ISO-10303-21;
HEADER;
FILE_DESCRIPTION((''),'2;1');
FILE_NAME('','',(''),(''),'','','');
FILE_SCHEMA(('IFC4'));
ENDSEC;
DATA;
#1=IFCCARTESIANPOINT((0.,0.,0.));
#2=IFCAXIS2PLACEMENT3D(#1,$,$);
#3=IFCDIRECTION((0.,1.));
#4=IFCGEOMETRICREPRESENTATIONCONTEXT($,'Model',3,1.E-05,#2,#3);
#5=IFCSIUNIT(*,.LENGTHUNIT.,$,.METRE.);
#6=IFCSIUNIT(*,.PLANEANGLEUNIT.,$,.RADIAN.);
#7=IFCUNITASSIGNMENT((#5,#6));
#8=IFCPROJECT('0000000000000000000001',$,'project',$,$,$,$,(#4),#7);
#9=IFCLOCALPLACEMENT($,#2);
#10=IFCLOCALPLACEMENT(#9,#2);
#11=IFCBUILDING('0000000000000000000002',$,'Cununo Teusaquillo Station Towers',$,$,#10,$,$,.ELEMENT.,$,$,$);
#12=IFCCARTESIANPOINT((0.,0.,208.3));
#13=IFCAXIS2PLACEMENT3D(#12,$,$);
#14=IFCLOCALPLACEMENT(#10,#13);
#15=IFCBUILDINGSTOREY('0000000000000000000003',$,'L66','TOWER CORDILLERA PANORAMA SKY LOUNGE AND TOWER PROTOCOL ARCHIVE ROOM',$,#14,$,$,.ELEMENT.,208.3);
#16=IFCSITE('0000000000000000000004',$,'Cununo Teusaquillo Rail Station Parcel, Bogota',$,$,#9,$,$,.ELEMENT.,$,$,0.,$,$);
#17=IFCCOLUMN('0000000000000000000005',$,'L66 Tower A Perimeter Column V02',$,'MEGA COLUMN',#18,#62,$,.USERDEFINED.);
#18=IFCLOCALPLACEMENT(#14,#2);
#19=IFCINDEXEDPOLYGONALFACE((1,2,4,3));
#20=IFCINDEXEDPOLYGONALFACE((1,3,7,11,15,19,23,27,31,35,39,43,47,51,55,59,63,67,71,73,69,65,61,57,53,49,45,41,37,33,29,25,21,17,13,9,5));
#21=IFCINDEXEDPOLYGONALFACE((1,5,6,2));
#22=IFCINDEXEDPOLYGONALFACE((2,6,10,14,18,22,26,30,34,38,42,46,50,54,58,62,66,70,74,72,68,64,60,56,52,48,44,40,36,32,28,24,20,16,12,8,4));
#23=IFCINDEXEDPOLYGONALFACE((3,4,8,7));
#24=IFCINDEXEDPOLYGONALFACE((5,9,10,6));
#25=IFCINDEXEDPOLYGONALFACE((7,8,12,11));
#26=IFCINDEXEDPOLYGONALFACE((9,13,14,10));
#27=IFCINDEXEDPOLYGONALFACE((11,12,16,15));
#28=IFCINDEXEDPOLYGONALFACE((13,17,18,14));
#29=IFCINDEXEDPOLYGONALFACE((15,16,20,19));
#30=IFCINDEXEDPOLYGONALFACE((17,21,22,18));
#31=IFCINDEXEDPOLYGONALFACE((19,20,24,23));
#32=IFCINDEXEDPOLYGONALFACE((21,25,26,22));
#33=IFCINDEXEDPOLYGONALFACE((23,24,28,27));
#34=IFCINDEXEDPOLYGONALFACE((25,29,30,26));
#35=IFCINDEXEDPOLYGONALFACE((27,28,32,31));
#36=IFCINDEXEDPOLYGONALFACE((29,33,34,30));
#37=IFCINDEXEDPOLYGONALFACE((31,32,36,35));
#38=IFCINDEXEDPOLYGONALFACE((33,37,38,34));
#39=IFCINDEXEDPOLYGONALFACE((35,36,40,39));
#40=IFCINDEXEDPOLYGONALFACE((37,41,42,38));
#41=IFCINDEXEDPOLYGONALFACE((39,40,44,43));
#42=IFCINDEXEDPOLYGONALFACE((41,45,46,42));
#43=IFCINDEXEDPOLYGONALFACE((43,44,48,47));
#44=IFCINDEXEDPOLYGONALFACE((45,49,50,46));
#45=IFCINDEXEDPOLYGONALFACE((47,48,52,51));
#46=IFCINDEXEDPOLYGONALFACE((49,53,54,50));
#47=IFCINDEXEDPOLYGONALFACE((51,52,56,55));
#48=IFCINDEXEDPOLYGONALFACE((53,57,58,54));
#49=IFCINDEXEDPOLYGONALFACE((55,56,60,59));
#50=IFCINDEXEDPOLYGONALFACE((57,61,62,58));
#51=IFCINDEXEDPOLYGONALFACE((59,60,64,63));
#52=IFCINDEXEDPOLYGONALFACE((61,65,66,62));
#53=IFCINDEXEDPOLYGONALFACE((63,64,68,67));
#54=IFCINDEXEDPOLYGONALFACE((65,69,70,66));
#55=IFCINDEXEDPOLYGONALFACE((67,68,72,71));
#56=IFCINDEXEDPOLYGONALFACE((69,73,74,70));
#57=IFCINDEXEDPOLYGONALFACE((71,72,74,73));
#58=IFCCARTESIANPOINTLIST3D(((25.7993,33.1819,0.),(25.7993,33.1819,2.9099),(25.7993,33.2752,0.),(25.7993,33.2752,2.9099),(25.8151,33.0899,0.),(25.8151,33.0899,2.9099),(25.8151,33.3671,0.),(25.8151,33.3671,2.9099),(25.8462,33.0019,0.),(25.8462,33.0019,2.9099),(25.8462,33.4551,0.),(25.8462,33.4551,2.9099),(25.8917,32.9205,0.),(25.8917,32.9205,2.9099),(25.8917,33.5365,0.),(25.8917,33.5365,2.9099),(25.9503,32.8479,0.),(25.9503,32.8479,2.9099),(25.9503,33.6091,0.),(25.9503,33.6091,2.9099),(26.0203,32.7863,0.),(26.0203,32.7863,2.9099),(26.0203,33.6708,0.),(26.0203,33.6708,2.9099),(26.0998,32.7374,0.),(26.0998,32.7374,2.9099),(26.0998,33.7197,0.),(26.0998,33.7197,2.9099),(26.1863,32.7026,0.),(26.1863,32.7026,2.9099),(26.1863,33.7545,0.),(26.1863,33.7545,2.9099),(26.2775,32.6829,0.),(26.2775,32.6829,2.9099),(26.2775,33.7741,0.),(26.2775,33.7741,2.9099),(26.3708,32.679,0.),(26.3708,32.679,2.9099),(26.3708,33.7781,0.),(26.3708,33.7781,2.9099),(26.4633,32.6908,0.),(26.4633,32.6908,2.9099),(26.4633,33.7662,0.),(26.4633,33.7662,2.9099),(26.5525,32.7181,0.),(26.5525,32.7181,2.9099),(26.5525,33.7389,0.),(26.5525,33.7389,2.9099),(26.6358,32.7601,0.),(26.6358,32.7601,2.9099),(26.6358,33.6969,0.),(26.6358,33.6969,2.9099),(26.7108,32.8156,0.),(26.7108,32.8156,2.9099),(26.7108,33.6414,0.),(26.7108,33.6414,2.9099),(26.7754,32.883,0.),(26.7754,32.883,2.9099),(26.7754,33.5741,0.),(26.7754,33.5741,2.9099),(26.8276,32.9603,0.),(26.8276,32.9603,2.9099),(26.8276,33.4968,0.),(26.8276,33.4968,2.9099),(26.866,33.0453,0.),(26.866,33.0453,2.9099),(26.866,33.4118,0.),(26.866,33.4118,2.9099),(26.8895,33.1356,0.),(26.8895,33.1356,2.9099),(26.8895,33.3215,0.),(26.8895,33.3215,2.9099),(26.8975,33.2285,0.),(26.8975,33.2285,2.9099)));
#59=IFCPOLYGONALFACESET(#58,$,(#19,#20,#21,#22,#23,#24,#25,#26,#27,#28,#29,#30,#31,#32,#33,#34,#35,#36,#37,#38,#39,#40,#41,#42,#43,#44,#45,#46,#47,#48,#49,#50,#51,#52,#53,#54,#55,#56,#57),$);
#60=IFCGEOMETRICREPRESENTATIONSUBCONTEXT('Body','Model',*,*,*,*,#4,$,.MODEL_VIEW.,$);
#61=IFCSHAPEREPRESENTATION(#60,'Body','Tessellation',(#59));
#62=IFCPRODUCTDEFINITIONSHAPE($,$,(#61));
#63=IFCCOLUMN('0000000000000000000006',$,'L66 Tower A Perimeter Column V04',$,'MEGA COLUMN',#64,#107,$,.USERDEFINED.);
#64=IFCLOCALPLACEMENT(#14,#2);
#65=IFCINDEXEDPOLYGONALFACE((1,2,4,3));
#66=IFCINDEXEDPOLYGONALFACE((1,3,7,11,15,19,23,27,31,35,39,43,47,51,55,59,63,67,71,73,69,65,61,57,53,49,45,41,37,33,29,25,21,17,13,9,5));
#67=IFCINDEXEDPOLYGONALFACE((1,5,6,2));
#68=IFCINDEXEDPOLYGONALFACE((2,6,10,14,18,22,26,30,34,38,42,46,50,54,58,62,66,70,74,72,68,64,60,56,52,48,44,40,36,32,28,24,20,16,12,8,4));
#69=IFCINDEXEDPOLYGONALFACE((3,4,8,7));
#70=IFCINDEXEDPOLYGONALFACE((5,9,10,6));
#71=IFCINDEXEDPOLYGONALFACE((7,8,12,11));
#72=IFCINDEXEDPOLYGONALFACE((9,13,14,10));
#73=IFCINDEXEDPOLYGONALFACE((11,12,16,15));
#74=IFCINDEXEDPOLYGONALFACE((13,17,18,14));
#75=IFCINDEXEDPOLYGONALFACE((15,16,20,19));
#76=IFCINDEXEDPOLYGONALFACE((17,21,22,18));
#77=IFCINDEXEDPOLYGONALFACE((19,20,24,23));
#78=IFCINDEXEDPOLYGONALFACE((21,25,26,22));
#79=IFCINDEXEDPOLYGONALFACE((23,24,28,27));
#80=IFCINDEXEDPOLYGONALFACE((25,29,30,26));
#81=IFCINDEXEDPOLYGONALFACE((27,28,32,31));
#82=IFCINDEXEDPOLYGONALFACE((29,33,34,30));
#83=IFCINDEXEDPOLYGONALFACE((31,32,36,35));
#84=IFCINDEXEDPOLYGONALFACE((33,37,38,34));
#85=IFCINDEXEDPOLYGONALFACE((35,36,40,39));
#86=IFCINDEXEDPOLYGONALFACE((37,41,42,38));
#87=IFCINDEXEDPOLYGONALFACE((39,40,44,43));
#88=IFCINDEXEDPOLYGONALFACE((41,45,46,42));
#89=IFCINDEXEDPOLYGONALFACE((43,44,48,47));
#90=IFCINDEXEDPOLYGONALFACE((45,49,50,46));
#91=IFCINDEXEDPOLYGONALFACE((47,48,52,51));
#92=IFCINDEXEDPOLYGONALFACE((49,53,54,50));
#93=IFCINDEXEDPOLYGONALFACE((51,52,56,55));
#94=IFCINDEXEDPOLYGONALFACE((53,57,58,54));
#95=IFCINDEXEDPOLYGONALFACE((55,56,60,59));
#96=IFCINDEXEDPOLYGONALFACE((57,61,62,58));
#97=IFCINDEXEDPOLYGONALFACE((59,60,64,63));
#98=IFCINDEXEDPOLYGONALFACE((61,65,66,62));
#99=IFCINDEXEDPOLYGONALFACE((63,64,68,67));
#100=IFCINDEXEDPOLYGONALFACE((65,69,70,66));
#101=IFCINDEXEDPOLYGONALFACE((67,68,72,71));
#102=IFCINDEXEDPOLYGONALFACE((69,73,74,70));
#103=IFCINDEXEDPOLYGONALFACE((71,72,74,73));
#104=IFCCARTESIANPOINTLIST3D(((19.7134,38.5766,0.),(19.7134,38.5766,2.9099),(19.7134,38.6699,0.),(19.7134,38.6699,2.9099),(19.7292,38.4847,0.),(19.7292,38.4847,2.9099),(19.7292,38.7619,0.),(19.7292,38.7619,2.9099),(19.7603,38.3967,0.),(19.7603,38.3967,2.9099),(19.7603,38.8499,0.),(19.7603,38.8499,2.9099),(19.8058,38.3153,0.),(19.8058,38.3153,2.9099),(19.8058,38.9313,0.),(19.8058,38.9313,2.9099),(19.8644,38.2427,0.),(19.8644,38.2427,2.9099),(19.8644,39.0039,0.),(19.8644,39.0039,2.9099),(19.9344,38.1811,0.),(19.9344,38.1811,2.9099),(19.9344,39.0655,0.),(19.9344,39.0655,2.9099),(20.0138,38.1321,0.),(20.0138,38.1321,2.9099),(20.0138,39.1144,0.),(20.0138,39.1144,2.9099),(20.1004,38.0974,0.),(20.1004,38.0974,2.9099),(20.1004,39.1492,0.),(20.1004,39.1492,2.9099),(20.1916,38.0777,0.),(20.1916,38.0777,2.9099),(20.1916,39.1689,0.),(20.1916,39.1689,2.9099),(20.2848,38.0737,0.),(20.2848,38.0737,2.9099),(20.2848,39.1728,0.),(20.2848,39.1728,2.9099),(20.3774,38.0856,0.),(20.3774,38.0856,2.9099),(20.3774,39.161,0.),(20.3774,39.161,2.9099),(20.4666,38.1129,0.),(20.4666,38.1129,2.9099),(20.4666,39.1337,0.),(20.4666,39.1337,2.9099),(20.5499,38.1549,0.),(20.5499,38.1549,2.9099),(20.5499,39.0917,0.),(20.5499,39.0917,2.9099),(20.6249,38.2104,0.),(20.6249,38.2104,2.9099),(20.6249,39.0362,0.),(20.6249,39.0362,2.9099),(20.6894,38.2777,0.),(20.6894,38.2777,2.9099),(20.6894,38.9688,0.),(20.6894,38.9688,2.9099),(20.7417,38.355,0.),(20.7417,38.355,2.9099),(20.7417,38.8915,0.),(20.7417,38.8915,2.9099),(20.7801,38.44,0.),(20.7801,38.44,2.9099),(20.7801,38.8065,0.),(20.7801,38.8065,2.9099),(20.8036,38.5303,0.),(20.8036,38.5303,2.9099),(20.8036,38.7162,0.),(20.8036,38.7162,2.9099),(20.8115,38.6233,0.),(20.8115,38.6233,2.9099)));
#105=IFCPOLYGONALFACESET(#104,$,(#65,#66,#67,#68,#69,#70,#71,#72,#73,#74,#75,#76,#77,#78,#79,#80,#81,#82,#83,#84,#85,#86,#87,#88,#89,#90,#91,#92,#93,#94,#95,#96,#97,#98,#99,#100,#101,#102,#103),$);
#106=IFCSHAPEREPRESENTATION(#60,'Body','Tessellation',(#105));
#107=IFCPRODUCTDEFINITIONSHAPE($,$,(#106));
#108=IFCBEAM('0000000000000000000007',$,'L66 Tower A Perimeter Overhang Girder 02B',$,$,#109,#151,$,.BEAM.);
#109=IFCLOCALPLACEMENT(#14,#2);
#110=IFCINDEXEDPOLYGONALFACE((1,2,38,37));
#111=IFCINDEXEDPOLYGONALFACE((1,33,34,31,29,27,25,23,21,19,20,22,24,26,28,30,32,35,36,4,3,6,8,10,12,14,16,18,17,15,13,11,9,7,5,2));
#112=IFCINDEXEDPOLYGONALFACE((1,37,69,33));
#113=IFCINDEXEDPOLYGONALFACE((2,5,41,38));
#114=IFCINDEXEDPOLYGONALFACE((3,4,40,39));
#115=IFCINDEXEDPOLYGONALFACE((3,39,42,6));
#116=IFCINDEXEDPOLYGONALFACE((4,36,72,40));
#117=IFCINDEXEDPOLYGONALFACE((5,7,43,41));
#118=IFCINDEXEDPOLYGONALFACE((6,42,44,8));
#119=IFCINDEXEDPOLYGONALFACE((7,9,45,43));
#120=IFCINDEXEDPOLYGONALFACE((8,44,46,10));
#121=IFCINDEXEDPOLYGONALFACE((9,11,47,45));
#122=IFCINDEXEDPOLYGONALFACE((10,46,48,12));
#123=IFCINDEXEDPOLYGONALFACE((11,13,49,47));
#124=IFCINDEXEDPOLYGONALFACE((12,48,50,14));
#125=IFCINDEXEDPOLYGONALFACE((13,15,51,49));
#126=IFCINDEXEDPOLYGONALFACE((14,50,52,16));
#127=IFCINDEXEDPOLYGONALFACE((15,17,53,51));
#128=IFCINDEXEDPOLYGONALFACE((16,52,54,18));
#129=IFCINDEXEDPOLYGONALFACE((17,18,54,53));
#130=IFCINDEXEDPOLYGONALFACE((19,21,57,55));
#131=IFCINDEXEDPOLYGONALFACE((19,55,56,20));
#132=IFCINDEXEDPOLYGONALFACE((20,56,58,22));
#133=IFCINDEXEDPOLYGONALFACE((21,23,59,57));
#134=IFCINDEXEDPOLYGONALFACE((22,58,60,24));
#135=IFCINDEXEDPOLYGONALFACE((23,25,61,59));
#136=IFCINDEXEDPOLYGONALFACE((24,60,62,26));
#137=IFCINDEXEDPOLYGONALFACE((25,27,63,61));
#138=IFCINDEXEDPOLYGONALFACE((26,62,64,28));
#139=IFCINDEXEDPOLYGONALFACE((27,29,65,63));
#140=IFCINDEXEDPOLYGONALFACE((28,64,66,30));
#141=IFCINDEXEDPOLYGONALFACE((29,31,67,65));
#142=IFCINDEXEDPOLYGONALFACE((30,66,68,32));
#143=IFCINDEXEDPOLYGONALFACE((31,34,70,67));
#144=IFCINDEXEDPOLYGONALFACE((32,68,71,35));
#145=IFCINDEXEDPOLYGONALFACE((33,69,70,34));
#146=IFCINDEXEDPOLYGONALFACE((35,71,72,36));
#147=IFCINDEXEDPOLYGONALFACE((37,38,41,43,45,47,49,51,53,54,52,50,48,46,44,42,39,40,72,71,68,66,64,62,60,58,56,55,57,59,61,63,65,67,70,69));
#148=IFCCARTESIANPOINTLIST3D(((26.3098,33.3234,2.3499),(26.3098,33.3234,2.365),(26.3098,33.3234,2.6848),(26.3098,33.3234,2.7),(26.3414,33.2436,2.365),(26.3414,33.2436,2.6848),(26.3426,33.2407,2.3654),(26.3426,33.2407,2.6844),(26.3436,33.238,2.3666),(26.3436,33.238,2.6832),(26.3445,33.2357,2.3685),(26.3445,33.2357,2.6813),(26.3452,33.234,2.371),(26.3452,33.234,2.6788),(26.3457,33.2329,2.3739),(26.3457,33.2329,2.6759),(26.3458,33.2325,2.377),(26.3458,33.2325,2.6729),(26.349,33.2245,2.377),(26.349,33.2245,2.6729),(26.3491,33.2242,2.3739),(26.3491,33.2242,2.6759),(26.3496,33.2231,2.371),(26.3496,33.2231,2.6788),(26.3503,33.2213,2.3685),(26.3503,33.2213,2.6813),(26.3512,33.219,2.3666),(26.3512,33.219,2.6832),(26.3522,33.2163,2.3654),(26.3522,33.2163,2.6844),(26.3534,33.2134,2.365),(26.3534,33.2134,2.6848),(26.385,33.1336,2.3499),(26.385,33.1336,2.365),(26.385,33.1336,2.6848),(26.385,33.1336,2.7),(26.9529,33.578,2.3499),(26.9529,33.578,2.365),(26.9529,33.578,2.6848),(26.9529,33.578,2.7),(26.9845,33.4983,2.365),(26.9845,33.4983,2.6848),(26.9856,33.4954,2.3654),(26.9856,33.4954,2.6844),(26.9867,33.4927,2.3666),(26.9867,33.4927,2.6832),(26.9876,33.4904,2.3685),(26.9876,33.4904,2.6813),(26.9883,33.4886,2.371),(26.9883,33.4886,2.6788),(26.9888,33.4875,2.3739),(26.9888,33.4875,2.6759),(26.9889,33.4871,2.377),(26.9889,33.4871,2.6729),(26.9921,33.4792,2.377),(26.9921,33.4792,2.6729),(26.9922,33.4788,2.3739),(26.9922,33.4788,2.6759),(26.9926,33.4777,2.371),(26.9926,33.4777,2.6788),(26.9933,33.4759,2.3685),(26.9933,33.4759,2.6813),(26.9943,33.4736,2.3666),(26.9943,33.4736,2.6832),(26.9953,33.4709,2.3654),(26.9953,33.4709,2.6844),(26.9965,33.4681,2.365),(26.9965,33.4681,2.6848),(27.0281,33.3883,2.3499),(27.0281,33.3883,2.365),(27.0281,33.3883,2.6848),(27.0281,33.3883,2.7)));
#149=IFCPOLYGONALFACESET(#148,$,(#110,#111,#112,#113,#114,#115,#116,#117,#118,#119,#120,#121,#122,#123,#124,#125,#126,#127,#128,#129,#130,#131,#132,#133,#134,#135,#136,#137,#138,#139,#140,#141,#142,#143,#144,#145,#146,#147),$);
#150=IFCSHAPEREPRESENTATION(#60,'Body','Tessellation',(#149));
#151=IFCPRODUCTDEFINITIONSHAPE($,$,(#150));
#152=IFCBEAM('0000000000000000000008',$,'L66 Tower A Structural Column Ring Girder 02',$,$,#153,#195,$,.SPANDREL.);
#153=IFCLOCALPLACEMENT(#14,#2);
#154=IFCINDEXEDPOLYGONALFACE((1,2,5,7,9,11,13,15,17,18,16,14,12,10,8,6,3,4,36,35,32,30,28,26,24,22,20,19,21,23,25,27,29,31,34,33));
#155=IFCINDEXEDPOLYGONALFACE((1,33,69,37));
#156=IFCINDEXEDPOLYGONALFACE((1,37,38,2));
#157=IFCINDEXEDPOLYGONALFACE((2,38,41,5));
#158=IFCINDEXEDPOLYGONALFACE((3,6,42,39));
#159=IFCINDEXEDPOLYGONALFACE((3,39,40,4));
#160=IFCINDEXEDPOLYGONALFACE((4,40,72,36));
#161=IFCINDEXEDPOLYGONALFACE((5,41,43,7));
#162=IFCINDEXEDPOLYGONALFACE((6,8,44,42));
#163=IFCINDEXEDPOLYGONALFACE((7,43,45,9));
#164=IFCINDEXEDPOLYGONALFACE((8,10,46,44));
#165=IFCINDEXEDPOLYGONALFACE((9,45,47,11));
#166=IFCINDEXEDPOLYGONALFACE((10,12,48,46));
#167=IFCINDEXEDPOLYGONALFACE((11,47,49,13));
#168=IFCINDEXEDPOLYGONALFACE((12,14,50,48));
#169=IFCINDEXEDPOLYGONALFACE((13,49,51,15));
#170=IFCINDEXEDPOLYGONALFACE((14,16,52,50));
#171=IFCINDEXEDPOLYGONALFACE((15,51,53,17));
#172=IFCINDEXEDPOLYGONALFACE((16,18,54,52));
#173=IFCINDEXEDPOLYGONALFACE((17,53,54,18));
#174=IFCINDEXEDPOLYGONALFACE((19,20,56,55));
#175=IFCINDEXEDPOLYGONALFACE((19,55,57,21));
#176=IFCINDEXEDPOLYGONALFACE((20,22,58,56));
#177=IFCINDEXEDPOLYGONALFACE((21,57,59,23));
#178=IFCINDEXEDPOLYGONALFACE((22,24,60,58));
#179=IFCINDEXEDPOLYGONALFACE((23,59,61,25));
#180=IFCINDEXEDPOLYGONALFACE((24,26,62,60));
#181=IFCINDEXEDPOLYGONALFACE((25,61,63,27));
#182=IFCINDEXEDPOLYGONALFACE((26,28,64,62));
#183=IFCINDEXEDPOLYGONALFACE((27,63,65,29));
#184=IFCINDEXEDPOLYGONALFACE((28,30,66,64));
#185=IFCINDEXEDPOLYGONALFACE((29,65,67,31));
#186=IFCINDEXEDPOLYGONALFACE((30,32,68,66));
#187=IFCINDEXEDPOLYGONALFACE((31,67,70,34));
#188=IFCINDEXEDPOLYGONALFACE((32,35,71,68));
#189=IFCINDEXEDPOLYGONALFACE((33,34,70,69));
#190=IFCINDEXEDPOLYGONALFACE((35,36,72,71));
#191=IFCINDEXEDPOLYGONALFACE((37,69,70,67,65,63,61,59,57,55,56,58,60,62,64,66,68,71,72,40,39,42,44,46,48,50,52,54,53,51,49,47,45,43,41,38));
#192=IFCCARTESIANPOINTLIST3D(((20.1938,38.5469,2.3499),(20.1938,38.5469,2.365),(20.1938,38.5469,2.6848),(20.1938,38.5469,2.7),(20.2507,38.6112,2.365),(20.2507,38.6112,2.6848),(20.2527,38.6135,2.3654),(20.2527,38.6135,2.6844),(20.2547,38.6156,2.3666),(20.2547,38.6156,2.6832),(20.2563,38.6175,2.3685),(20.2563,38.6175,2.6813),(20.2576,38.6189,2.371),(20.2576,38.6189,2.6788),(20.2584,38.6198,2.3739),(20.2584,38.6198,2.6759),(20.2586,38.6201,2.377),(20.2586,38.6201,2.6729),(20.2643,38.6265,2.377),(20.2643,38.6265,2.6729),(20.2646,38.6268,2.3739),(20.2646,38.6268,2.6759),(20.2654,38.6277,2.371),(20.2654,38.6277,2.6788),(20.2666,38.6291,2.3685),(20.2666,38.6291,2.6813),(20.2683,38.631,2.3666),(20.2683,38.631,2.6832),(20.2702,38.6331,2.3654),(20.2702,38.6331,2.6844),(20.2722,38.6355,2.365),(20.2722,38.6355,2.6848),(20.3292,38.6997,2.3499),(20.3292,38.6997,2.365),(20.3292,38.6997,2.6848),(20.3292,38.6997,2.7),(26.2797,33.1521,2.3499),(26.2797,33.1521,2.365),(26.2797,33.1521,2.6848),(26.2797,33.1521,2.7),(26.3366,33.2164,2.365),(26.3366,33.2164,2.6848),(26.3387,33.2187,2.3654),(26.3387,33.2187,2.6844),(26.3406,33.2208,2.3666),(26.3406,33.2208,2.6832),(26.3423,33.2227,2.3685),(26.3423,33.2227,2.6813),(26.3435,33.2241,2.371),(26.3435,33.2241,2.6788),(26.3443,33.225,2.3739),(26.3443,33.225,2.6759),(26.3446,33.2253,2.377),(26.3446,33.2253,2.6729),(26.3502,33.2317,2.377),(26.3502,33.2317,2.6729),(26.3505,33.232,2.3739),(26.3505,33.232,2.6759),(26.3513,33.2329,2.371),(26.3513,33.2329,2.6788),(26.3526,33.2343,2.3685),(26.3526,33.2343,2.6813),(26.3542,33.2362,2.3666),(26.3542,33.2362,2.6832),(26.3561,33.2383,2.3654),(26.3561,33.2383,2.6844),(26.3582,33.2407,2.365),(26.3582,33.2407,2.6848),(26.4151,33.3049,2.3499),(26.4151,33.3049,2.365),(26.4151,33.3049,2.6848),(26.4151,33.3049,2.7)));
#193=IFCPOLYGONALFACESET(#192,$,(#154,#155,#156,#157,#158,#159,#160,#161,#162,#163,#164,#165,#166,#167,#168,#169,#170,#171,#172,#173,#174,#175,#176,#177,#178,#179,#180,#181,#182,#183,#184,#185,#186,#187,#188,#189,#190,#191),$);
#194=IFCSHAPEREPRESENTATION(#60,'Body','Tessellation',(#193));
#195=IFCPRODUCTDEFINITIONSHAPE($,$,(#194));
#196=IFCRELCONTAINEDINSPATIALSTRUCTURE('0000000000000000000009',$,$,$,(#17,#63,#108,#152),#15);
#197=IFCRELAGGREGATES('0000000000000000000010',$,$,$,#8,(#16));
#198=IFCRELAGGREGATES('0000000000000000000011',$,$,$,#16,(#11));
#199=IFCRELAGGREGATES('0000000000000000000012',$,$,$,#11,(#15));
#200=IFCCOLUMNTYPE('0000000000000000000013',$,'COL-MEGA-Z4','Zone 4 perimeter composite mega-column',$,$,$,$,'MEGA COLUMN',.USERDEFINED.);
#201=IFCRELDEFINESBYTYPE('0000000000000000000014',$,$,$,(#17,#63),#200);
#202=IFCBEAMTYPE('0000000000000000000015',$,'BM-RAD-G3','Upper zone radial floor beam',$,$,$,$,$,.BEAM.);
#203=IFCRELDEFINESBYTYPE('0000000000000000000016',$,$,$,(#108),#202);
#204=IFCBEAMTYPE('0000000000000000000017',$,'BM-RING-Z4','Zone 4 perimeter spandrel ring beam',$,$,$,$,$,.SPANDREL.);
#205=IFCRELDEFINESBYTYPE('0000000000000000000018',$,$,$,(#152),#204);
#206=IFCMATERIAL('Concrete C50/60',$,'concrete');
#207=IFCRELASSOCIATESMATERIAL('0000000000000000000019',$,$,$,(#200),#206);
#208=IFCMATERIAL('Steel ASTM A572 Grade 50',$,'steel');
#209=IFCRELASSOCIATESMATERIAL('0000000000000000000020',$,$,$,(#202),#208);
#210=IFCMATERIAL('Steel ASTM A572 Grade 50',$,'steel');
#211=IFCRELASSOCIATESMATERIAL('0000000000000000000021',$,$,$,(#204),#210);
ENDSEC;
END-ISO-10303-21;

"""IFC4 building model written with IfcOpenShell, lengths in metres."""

from ifc_helpers import new_model, si_unit, direction, frame, origin, origin_2d, place, context, subcontext, project, spatial, circle, i_section, extrude, material, material_profile, profile_set, type_object, element, save


model = new_model("IFC4")

# Units and contexts
model_context = context("Model", 3, precision=1e-05, world=origin(), true_north=direction((0.0, 1.0)))
body_context = subcontext(model_context, "Body", "Model", "MODEL_VIEW")
ifc_project = project(units=[si_unit("LENGTHUNIT", "METRE"), si_unit("PLANEANGLEUNIT", "RADIAN")], contexts=[model_context])

# Site, building, storey
site_placement = place(None, origin())
site = spatial("IfcSite", under=ifc_project, at=site_placement, Name="Cununo Teusaquillo Rail Station Parcel, Bogota", CompositionType="ELEMENT", RefElevation=0.0)
building_placement = place(site_placement, origin())
building = spatial("IfcBuilding", under=site, at=building_placement, Name="Cununo Teusaquillo Station Towers", CompositionType="ELEMENT")
storey_placement = place(building_placement, frame((0.0, 0.0, 208.3)))
storey = spatial("IfcBuildingStorey", under=building, at=storey_placement, Name="L66", Description="TOWER CORDILLERA PANORAMA SKY LOUNGE AND TOWER PROTOCOL ARCHIVE ROOM", CompositionType="ELEMENT", Elevation=208.3)

# Columns
ifc_material_1 = material(Name="Concrete C50/60", Category="concrete")
ifc_material_profile_1 = material_profile(ifc_material_1, circle(Radius=0.55, at=origin_2d()), Name="RC-CIRC-1100")
ifc_profile_set_1 = profile_set([ifc_material_profile_1], Name="Concrete C50/60")
column_type = type_object("IfcColumnType", Name="COL-MEGA-Z4", Description="Zone 4 perimeter composite mega-column", ElementType="MEGA COLUMN", PredefinedType="USERDEFINED", material=ifc_profile_set_1)
for number, where, z_axis, x_axis, name in (
    (1, (26.3474, 33.2285, 0.0), (0.0, 0.0, 1.0), (1.0, 0.0, 0.0), "L66 Tower A Perimeter Column V02"),
    (2, (20.2615, 38.6233, 0.0), (0.0, 0.0, 1.0), (1.0, 0.0, 0.0), "L66 Tower A Perimeter Column V04"),
):
    element("IfcColumn", number, at=place(storey_placement, frame(where, z_axis=z_axis, x_axis=x_axis)), inside=storey, type_object=column_type, Name=name, ObjectType="MEGA COLUMN", PredefinedType="USERDEFINED", context=body_context, shape_type="SweptSolid", body=[
        extrude(circle(Radius=0.55, at=origin_2d()), origin(), (0.0, 0.0, 1.0), 2.9099),
    ])

# Beams
ifc_material_2 = material(Name="Steel ASTM A572 Grade 50", Category="steel")
ifc_material_profile_2 = material_profile(ifc_material_2, i_section(OverallWidth=0.2041, OverallDepth=0.3501, WebThickness=0.0085, FlangeThickness=0.0151, FilletRadius=0.012, at=origin_2d()), Name="W14X48")
ifc_profile_set_2 = profile_set([ifc_material_profile_2], Name="Steel ASTM A572 Grade 50")
beam_type_1 = type_object("IfcBeamType", Name="BM-RAD-G3", Description="Upper zone radial floor beam", PredefinedType="BEAM", material=ifc_profile_set_2)
beam_1_placement = place(storey_placement, frame((26.3474, 33.2285, 2.5249), z_axis=(0.929761, 0.368163, 0.0), x_axis=(-0.368163, 0.929761, 0.0)))
element("IfcBeam", 3, at=beam_1_placement, inside=storey, type_object=beam_type_1, Name="L66 Tower A Perimeter Overhang Girder 02B", PredefinedType="BEAM", context=body_context, shape_type="SweptSolid", body=[
    extrude(i_section(OverallWidth=0.2041, OverallDepth=0.3501, WebThickness=0.0085, FlangeThickness=0.0151, FilletRadius=0.012, at=origin_2d()), origin(), (0.0, 0.0, 1.0), 0.6917),
])
ifc_material_3 = material(Name="Steel ASTM A572 Grade 50", Category="steel")
ifc_material_profile_3 = material_profile(ifc_material_3, i_section(OverallWidth=0.2041, OverallDepth=0.3501, WebThickness=0.0085, FlangeThickness=0.0151, FilletRadius=0.012, at=origin_2d()), Name="W14X48")
ifc_profile_set_3 = profile_set([ifc_material_profile_3], Name="Steel ASTM A572 Grade 50")
beam_type_2 = type_object("IfcBeamType", Name="BM-RING-Z4", Description="Zone 4 perimeter spandrel ring beam", PredefinedType="SPANDREL", material=ifc_profile_set_3)
beam_2_placement = place(storey_placement, frame((26.3474, 33.2285, 2.5249), z_axis=(-0.748321, 0.663337, 0.0), x_axis=(-0.663337, -0.748321, 0.0)))
element("IfcBeam", 4, at=beam_2_placement, inside=storey, type_object=beam_type_2, Name="L66 Tower A Structural Column Ring Girder 02", PredefinedType="SPANDREL", context=body_context, shape_type="SweptSolid", body=[
    extrude(i_section(OverallWidth=0.2041, OverallDepth=0.3501, WebThickness=0.0085, FlangeThickness=0.0151, FilletRadius=0.012, at=origin_2d()), origin(), (0.0, 0.0, 1.0), 8.1328),
])

save(model, "model.ifc")
